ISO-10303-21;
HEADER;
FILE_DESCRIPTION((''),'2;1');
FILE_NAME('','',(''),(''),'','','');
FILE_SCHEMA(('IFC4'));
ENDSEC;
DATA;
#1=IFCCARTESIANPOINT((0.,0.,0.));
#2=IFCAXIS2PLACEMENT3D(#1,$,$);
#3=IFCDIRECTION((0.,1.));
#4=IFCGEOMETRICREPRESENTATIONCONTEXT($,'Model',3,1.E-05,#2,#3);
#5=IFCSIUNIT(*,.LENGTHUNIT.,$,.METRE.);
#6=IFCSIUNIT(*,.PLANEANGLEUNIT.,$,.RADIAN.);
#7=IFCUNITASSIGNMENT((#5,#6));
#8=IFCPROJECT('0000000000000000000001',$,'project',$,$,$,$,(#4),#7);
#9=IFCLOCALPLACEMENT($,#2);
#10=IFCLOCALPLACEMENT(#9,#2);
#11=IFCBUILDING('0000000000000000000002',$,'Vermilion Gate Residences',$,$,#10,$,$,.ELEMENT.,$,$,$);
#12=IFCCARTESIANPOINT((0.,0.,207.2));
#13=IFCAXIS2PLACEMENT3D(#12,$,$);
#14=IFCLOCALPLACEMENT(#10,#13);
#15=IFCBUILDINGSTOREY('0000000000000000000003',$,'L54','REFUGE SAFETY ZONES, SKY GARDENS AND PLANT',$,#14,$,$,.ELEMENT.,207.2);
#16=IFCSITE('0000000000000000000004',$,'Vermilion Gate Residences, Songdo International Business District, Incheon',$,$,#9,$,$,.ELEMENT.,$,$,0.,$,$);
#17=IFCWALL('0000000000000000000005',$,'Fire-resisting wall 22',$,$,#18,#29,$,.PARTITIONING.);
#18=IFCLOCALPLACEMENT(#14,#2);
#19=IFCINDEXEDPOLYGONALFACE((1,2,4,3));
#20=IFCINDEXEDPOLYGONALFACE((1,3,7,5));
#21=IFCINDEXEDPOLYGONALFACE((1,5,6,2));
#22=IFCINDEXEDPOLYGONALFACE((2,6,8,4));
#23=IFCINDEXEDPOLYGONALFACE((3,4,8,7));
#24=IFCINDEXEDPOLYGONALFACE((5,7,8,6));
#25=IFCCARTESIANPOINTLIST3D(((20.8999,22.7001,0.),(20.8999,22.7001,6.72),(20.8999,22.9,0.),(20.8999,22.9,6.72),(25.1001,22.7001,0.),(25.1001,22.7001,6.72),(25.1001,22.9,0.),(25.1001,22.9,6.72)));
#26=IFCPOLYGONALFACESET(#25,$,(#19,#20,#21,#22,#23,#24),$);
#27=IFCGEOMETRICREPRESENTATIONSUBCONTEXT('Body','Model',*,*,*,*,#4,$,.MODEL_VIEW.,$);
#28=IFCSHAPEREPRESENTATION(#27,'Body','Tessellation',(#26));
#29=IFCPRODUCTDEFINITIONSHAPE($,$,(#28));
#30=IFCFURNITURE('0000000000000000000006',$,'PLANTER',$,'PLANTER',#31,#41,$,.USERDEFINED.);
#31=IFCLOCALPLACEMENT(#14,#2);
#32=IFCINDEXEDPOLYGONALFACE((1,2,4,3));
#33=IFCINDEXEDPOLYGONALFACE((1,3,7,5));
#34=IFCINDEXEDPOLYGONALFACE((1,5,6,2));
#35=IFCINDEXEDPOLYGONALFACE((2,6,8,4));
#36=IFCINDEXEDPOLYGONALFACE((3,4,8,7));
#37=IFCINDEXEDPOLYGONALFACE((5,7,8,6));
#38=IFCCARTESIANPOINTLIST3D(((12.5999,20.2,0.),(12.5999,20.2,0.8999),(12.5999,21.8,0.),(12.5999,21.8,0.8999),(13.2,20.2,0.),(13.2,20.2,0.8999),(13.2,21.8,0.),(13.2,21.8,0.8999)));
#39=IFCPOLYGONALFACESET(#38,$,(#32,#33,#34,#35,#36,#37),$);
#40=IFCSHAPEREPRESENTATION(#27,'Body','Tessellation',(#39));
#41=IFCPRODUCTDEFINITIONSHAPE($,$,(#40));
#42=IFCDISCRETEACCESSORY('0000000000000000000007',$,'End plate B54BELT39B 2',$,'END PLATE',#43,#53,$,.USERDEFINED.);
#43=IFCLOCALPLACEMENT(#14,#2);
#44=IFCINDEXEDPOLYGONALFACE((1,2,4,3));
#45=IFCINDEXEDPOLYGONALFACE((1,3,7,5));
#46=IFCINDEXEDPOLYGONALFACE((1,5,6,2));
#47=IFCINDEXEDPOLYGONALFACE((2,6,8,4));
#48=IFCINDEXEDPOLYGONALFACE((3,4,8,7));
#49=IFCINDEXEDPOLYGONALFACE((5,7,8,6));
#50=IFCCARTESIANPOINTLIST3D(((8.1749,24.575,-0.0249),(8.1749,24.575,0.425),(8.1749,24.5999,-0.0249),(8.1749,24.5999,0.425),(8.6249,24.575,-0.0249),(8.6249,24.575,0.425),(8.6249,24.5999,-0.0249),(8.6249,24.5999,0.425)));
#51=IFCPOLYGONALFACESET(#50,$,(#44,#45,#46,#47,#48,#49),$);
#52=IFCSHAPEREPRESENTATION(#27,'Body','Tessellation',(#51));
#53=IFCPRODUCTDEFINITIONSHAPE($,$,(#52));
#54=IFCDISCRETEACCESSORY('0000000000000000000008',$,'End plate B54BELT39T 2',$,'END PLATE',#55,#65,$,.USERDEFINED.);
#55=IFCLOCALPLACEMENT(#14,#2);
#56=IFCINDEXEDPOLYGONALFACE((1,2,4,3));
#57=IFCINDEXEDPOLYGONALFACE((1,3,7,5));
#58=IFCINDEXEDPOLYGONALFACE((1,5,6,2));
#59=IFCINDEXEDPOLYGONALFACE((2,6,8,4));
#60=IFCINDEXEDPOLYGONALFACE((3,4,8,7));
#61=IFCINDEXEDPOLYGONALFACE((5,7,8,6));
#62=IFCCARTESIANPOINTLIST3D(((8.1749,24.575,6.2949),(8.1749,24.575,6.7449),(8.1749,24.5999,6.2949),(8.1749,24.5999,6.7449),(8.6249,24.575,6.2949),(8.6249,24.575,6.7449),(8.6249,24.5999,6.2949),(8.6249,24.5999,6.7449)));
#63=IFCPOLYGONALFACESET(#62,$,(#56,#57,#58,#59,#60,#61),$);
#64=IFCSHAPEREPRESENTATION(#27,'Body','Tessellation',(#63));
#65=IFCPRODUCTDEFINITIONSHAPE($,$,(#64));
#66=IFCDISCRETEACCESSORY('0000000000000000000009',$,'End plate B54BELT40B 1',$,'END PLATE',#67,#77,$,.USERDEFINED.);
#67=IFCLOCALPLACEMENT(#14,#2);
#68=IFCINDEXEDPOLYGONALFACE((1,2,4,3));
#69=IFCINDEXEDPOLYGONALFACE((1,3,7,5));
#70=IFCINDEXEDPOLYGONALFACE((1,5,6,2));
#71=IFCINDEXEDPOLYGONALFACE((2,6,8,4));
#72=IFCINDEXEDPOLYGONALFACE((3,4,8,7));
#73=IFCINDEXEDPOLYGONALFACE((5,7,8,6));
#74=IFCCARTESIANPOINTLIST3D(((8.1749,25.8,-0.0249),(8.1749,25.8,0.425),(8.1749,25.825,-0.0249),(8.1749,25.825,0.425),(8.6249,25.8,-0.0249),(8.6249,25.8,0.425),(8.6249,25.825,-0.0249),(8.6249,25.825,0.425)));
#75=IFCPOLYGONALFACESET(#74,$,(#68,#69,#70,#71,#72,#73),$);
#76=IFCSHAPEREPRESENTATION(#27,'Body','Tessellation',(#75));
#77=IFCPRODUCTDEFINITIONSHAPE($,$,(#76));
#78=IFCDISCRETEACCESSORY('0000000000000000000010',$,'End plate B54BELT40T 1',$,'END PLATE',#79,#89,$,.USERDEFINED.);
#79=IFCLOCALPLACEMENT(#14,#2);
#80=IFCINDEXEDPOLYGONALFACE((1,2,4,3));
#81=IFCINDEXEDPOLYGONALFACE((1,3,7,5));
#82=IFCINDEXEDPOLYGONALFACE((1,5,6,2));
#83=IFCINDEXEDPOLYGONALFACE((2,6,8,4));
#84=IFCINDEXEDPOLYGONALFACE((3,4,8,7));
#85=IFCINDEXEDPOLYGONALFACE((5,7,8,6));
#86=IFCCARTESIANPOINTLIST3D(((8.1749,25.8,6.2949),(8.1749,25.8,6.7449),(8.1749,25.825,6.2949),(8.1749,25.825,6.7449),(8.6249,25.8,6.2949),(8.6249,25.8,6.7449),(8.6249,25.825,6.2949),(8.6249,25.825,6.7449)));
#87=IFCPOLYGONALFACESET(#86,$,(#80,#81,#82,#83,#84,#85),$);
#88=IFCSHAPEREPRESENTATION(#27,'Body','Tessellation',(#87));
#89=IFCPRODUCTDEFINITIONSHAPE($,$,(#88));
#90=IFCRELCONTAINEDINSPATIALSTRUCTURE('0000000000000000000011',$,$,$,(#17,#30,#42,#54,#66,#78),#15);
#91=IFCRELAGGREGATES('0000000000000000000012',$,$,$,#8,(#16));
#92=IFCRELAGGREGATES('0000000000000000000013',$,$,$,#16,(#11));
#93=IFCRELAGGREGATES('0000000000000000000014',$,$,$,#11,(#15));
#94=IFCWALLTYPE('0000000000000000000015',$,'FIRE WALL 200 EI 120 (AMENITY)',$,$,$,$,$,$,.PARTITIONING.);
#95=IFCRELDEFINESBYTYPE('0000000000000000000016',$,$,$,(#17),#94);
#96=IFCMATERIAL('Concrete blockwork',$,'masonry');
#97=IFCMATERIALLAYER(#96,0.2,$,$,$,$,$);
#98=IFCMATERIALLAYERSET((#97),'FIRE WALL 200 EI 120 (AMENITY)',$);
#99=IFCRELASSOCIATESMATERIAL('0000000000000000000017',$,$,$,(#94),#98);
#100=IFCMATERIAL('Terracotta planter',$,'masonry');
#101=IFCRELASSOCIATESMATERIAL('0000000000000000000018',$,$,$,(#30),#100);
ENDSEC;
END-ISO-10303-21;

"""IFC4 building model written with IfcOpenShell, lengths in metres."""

from ifc_helpers import new_model, si_unit, direction, frame, frame_2d, origin, origin_2d, place, context, subcontext, project, spatial, rectangle, extrude, material, layer, layer_set, type_object, element, save


model = new_model("IFC4")

# Units and contexts
model_context = context("Model", 3, precision=1e-05, world=origin(), true_north=direction((0.0, 1.0)))
body_context = subcontext(model_context, "Body", "Model", "MODEL_VIEW")
ifc_project = project(units=[si_unit("LENGTHUNIT", "METRE"), si_unit("PLANEANGLEUNIT", "RADIAN")], contexts=[model_context])

# Site, building, storey
site_placement = place(None, origin())
site = spatial("IfcSite", under=ifc_project, at=site_placement, Name="Vermilion Gate Residences, Songdo International Business District, Incheon", CompositionType="ELEMENT", RefElevation=0.0)
building_placement = place(site_placement, origin())
building = spatial("IfcBuilding", under=site, at=building_placement, Name="Vermilion Gate Residences", CompositionType="ELEMENT")
storey_placement = place(building_placement, frame((0.0, 0.0, 207.2)))
storey = spatial("IfcBuildingStorey", under=building, at=storey_placement, Name="L54", Description="REFUGE SAFETY ZONES, SKY GARDENS AND PLANT", CompositionType="ELEMENT", Elevation=207.2)

# Shared definitions
ifc_material_1 = material(Name="Concrete blockwork", Category="masonry")
ifc_layer_1 = layer(ifc_material_1, 0.2)
ifc_layer_set_1 = layer_set([ifc_layer_1], Name="FIRE WALL 200 EI 120 (AMENITY)")
wall_type = type_object("IfcWallType", Name="FIRE WALL 200 EI 120 (AMENITY)", PredefinedType="PARTITIONING", material=ifc_layer_set_1)

# Wall
wall_1_placement = place(storey_placement, frame((20.8999, 22.8, 0.0), z_axis=(0.0, 0.0, 1.0), x_axis=(1.0, 0.0, 0.0)))
element("IfcWall", 1, at=wall_1_placement, inside=storey, type_object=wall_type, Name="Fire-resisting wall 22", PredefinedType="PARTITIONING", context=body_context, shape_type="SweptSolid", body=[
    extrude(rectangle(XDim=4.2002, YDim=0.2, at=frame_2d((2.1001, 0.0))), origin(), (0.0, 0.0, 1.0), 6.72),
])

# Furniture
ifc_material_2 = material(Name="Terracotta planter", Category="masonry")
furniture_placement = place(storey_placement, frame((12.8999, 21.0, 0.0), z_axis=(0.0, 0.0, 1.0), x_axis=(0.0, -1.0, 0.0)))
element("IfcFurniture", 2, at=furniture_placement, inside=storey, material=ifc_material_2, Name="PLANTER", ObjectType="PLANTER", PredefinedType="USERDEFINED", context=body_context, shape_type="SweptSolid", body=[
    extrude(rectangle(XDim=1.6001, YDim=0.6001, at=origin_2d()), origin(), (0.0, 0.0, 1.0), 0.8999),
])

# Discrete accessories
for number, where, z_axis, x_axis, name in (
    (3, (8.3999, 24.5874, -0.0249), (0.0, 0.0, 1.0), (1.0, 0.0, 0.0), "End plate B54BELT39B 2"),
    (4, (8.3999, 24.5874, 6.2949), (0.0, 0.0, 1.0), (1.0, 0.0, 0.0), "End plate B54BELT39T 2"),
    (5, (8.3999, 25.8125, -0.0249), (0.0, 0.0, 1.0), (1.0, 0.0, 0.0), "End plate B54BELT40B 1"),
    (6, (8.3999, 25.8125, 6.2949), (0.0, 0.0, 1.0), (1.0, 0.0, 0.0), "End plate B54BELT40T 1"),
):
    element("IfcDiscreteAccessory", number, at=place(storey_placement, frame(where, z_axis=z_axis, x_axis=x_axis)), inside=storey, Name=name, ObjectType="END PLATE", PredefinedType="USERDEFINED", context=body_context, shape_type="SweptSolid", body=[
        extrude(rectangle(XDim=0.45, YDim=0.0249, at=origin_2d()), origin(), (0.0, 0.0, 1.0), 0.45),
    ])

save(model, "model.ifc")
